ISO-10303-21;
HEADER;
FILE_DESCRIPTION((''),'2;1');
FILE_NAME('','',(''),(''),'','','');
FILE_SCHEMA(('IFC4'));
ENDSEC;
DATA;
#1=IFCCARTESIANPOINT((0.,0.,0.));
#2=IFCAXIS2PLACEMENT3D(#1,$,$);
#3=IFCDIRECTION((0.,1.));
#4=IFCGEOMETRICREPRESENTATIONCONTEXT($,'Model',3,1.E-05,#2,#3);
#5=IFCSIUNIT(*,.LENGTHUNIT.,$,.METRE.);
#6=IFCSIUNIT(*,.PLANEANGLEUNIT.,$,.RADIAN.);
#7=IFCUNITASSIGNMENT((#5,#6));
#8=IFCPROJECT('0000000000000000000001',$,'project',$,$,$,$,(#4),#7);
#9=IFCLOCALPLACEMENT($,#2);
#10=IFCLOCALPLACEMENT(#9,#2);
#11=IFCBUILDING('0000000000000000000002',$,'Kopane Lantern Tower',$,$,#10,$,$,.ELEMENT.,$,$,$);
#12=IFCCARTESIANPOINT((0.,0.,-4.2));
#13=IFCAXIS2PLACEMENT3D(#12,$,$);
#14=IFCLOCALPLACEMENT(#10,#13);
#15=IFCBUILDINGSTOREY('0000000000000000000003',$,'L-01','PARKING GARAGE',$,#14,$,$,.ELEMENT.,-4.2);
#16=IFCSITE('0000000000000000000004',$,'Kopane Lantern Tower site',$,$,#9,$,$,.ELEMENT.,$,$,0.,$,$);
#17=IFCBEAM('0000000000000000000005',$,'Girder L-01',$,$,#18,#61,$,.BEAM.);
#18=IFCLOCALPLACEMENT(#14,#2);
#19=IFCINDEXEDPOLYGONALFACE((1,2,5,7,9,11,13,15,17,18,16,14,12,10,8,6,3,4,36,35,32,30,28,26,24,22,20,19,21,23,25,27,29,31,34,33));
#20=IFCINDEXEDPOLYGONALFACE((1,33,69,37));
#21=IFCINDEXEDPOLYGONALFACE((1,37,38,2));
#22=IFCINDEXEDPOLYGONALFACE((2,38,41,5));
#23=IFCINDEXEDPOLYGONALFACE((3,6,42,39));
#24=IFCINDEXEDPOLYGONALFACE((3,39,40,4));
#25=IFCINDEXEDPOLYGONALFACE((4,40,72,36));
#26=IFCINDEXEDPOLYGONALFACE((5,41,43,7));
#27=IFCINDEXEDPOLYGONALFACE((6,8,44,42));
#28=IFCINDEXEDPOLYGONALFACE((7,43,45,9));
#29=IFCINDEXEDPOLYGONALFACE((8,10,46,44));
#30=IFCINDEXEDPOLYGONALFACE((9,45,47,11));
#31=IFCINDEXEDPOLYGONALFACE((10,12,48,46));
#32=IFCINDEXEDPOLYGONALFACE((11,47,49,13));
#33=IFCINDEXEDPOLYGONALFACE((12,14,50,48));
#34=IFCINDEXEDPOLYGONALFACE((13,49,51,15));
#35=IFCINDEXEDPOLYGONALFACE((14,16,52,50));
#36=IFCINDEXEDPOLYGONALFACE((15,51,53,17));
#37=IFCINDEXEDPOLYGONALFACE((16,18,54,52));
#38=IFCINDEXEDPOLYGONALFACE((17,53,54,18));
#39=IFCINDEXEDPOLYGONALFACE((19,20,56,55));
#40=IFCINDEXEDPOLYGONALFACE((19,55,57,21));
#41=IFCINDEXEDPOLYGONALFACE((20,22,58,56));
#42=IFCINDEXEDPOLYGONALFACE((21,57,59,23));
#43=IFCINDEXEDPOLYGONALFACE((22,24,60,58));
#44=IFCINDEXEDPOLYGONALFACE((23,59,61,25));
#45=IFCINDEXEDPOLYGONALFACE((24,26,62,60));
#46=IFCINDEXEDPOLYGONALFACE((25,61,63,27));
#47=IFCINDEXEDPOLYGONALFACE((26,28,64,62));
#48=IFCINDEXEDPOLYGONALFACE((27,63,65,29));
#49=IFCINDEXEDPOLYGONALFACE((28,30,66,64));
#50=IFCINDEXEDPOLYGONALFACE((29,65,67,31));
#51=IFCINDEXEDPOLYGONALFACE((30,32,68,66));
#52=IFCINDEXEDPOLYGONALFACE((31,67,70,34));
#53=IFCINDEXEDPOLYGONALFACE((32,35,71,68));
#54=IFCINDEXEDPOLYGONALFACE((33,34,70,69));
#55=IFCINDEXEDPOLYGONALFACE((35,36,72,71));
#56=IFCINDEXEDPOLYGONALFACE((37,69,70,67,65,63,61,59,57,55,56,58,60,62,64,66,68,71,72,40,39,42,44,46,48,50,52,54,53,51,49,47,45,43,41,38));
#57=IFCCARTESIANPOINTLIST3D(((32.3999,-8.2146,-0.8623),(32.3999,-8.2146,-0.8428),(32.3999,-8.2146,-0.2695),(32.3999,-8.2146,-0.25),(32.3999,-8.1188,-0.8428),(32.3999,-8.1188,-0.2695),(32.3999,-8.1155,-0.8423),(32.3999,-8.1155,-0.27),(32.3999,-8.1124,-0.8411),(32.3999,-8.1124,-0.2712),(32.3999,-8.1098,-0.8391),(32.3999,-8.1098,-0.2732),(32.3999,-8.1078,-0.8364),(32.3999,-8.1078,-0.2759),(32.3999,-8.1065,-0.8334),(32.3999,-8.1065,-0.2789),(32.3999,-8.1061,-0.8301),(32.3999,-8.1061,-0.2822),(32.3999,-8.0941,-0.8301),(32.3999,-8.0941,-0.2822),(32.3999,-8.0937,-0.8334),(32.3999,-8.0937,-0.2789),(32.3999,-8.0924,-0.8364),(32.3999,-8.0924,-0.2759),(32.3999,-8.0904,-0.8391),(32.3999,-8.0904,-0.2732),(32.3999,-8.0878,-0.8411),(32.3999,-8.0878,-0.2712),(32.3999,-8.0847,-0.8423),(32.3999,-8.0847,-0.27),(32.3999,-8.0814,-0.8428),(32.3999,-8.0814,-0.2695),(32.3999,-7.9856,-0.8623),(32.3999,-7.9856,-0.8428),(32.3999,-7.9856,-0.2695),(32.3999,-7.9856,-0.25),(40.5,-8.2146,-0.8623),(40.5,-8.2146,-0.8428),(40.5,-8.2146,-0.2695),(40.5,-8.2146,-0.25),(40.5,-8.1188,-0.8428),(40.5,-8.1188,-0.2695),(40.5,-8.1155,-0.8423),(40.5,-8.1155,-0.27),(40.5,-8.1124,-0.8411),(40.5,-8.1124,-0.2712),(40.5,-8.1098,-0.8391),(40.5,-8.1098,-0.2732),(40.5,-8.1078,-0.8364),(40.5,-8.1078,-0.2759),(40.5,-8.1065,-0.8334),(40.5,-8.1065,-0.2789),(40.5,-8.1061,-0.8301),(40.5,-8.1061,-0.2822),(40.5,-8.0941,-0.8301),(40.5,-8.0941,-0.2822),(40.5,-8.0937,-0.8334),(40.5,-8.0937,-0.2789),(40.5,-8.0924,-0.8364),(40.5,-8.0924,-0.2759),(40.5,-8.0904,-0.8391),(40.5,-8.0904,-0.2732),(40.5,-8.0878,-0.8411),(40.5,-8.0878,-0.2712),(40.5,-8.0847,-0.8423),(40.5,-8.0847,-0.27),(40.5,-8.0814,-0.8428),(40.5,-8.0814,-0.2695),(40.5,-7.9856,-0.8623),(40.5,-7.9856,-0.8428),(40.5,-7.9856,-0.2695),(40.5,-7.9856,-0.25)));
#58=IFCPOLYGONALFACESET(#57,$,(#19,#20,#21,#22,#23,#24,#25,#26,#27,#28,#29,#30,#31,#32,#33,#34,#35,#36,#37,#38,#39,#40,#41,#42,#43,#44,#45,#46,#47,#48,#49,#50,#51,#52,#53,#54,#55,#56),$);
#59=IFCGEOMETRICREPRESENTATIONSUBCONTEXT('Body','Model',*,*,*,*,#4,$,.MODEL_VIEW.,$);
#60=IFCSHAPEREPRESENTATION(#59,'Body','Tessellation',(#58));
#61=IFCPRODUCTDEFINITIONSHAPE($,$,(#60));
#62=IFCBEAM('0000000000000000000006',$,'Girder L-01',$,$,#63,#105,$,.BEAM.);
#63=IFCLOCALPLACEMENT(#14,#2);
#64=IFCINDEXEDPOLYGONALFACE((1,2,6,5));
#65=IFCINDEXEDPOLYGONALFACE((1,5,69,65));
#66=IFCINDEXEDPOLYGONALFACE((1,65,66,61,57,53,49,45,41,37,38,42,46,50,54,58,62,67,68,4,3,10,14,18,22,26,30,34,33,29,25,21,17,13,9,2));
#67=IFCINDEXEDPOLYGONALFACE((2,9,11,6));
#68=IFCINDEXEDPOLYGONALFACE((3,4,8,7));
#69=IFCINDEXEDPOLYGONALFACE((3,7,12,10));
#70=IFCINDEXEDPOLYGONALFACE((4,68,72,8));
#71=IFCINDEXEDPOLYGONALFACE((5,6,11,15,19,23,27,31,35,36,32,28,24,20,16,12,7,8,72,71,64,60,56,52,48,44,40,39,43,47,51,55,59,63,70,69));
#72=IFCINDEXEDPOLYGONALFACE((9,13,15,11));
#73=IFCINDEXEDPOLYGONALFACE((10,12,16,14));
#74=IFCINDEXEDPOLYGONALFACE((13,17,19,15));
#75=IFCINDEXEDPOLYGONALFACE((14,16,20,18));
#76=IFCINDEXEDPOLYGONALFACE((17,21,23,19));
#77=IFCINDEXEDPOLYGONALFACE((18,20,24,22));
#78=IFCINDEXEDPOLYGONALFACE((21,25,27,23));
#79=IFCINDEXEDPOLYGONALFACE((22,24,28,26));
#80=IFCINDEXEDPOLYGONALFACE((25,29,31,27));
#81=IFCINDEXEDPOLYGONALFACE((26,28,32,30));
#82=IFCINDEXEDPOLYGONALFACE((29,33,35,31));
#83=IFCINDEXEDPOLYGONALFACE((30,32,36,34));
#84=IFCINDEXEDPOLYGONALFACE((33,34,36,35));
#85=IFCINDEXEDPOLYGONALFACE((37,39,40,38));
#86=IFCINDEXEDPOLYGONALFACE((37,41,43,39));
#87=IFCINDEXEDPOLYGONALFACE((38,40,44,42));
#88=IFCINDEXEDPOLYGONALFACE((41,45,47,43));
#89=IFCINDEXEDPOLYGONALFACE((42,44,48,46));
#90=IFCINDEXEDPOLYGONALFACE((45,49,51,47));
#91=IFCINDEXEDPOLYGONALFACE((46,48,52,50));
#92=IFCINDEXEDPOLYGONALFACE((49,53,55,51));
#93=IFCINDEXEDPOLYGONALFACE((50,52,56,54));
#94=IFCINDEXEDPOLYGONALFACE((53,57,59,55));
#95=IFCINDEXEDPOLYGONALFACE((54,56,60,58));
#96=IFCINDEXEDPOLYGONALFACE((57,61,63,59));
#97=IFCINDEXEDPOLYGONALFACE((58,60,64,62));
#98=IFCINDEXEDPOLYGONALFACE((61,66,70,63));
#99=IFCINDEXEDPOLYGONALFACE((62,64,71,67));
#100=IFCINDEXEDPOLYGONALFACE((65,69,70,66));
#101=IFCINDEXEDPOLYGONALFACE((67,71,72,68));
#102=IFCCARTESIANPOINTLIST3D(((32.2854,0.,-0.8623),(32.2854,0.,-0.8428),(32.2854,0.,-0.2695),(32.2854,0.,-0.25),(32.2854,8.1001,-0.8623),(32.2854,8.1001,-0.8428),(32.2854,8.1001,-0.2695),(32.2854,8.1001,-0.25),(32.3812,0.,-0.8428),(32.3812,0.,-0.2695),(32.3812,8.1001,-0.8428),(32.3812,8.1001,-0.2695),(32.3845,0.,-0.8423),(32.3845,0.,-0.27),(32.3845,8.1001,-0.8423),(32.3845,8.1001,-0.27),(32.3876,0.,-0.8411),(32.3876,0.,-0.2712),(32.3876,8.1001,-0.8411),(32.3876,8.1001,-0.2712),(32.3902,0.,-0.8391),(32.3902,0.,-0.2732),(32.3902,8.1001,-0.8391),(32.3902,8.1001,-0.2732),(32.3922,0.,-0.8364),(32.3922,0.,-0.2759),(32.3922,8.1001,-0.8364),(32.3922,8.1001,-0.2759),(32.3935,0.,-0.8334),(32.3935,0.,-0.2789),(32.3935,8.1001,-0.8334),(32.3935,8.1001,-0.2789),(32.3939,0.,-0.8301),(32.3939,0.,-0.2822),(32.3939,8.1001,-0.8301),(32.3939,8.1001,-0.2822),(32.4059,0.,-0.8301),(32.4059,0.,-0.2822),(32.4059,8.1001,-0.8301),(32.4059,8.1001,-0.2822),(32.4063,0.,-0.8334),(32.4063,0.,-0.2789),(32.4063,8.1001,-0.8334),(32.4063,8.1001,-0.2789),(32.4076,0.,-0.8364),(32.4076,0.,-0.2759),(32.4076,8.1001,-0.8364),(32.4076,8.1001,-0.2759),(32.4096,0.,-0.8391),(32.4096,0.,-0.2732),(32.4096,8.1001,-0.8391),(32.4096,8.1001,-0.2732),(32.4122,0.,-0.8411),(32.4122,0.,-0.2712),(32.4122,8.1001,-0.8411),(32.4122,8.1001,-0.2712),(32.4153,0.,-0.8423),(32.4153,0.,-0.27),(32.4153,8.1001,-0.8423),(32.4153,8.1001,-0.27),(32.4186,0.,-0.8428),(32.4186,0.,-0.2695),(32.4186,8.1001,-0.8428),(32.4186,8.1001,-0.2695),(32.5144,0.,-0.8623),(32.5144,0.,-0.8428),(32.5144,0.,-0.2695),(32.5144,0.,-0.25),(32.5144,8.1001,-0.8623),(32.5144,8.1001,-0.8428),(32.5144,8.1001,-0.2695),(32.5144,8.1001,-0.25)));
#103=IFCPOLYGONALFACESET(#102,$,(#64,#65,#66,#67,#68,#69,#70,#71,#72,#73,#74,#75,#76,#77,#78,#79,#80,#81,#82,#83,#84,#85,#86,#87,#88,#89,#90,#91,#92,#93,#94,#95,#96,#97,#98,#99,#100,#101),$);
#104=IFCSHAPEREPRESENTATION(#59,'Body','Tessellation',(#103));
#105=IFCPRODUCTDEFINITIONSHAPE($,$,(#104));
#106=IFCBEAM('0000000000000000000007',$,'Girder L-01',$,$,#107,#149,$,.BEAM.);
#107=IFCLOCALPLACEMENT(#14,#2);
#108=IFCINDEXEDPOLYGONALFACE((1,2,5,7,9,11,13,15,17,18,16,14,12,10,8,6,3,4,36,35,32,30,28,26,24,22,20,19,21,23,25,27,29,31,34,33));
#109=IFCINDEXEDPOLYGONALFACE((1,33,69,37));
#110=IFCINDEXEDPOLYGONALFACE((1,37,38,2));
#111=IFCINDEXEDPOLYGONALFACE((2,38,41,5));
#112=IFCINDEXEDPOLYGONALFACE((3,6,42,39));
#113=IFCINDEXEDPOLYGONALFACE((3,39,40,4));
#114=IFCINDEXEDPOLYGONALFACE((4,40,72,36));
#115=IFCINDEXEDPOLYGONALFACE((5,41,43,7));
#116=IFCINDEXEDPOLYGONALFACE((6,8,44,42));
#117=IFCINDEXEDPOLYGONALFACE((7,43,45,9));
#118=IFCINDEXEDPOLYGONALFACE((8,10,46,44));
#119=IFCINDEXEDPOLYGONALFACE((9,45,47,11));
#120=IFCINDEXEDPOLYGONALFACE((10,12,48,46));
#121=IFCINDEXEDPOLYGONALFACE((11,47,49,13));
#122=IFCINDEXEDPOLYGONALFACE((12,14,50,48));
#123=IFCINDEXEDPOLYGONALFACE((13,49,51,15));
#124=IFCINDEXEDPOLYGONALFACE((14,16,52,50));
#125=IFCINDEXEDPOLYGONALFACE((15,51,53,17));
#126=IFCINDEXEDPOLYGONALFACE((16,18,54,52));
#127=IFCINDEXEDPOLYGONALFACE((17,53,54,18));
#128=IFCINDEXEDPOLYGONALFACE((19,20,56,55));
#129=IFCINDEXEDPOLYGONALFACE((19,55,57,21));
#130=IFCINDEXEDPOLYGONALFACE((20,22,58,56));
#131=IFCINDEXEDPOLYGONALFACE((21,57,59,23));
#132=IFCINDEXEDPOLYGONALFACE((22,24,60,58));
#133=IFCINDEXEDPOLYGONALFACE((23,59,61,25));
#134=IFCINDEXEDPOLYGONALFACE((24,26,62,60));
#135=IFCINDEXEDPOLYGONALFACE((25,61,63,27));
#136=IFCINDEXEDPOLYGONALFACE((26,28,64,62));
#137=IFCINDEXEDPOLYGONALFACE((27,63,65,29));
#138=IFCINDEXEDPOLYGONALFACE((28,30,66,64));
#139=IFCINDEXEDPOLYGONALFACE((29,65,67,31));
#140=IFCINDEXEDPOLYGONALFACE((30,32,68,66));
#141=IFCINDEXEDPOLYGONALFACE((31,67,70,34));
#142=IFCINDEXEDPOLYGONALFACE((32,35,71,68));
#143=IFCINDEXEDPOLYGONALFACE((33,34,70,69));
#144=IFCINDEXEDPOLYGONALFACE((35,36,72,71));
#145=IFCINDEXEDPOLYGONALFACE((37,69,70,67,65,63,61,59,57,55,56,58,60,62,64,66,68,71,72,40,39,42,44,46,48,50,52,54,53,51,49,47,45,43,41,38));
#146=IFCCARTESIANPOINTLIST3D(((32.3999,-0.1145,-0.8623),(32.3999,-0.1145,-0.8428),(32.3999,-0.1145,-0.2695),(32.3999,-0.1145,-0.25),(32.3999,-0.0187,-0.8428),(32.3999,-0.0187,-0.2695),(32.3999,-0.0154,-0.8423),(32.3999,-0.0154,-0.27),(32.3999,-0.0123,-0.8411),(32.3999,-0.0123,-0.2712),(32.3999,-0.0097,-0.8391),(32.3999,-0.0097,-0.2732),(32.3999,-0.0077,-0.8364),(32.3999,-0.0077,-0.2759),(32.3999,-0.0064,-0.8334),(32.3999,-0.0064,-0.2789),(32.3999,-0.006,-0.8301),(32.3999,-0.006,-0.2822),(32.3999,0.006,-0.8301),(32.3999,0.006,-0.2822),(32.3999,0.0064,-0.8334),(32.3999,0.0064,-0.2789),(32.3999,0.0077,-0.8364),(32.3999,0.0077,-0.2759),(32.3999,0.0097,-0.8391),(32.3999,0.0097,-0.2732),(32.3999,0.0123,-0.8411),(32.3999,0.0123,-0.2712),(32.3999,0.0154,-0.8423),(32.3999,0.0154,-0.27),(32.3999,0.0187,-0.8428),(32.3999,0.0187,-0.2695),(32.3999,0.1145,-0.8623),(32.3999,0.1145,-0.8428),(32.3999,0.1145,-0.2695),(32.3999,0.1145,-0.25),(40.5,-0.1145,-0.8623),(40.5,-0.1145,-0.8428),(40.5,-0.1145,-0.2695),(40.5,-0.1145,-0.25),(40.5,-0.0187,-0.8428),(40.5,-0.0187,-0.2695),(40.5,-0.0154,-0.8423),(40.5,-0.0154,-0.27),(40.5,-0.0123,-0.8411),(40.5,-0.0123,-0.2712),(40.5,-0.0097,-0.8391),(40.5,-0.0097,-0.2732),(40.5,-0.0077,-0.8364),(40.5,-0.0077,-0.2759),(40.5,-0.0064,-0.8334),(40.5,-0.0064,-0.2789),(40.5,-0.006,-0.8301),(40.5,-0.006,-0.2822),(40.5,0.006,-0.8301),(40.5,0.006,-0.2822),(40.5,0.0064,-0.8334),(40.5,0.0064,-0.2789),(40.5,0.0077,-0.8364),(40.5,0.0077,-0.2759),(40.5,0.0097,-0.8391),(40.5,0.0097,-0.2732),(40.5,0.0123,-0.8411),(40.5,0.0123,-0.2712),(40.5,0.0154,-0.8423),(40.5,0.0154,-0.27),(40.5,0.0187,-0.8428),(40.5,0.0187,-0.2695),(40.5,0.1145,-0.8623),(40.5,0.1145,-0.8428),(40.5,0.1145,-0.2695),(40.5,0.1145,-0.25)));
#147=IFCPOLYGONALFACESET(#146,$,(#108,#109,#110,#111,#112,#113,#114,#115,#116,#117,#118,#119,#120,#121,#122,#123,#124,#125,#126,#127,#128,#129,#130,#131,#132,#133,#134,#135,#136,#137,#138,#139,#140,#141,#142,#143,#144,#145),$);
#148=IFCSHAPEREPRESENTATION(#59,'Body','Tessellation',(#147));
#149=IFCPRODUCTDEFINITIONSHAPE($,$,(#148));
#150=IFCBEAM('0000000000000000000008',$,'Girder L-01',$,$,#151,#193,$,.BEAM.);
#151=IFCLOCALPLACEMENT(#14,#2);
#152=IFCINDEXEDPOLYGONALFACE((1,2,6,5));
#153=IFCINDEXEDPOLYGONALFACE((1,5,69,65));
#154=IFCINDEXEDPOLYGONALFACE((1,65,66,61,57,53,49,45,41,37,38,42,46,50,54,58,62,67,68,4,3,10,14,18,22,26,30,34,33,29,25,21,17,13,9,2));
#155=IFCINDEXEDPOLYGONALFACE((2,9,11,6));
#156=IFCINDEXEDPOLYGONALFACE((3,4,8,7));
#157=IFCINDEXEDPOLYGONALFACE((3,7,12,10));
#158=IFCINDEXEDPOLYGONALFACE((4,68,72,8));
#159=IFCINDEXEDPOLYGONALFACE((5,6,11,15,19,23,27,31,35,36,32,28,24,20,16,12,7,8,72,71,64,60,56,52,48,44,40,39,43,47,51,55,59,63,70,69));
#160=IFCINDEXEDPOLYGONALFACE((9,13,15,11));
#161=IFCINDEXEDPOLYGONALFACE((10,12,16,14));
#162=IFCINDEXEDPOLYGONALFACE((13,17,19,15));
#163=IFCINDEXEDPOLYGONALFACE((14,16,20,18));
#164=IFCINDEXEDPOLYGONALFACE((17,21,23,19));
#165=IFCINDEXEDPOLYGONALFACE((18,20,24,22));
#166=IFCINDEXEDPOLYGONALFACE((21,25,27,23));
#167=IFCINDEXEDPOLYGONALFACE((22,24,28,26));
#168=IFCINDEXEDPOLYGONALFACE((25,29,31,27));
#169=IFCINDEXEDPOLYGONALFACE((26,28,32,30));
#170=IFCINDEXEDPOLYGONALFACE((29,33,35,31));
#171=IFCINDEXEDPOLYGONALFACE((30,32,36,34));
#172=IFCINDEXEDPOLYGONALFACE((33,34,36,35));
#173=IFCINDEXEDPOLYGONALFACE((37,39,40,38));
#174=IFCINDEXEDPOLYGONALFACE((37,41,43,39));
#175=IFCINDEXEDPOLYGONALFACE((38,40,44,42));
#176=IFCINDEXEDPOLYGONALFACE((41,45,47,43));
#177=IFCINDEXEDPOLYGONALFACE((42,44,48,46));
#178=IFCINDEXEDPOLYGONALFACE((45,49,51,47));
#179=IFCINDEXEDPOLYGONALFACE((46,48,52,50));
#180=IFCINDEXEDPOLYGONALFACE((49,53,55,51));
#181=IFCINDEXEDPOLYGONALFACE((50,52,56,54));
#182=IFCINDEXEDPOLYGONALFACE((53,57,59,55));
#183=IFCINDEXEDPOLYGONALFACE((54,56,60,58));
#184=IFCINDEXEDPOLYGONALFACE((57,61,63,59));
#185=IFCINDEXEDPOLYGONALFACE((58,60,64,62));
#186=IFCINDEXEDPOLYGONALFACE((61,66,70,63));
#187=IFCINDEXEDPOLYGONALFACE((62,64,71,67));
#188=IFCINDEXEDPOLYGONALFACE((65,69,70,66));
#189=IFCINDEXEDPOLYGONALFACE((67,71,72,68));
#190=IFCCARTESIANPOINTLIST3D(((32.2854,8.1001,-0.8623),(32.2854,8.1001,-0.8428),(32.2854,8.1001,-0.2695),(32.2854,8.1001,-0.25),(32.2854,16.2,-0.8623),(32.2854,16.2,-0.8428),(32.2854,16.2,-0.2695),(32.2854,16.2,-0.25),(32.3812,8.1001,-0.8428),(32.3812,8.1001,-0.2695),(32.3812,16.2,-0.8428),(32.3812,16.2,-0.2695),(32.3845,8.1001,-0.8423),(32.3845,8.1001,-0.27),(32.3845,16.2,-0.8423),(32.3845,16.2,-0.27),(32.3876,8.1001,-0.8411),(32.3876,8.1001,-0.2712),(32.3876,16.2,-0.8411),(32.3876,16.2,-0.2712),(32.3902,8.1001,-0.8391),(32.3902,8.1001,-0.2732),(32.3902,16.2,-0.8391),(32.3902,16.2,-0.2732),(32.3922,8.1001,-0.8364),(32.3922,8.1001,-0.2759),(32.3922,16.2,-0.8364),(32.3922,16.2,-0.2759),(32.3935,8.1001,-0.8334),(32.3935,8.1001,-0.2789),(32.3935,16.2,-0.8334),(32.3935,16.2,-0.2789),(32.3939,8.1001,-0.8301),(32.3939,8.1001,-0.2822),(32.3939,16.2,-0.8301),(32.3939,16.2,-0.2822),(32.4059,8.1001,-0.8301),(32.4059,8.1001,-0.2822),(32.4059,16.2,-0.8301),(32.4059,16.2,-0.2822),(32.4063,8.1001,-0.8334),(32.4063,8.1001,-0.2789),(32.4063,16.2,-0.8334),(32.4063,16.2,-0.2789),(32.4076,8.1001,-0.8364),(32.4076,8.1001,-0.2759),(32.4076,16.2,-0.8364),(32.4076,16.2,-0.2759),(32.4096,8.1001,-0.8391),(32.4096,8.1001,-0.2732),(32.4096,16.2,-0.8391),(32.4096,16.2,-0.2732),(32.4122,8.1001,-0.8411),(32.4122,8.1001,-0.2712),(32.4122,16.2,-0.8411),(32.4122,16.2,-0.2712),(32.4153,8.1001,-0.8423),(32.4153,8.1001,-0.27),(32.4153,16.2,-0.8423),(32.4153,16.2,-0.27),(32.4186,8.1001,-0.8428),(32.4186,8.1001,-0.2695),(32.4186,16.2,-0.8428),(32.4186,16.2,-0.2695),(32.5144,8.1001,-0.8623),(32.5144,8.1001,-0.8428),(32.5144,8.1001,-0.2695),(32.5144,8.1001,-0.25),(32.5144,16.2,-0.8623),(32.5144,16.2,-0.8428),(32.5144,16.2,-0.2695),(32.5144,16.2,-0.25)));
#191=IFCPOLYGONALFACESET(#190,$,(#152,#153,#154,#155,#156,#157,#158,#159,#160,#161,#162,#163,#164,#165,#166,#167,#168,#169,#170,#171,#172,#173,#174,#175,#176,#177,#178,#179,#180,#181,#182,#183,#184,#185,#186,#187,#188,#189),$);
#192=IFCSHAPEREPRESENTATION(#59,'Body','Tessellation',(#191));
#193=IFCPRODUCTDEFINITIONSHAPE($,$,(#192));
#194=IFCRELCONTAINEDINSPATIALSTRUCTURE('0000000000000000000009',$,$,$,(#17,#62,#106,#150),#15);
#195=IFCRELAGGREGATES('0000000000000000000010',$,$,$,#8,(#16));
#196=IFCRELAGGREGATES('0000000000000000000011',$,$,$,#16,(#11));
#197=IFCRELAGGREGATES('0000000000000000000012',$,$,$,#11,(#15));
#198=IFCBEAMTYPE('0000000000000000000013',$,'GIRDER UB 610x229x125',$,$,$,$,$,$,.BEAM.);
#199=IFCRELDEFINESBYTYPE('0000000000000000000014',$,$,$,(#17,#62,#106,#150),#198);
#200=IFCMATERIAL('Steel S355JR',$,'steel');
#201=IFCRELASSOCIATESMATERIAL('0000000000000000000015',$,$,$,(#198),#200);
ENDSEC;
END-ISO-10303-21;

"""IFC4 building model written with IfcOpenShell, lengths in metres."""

from ifc_helpers import new_model, si_unit, direction, frame, origin, origin_2d, place, context, subcontext, project, spatial, i_section, extrude, material, material_profile, profile_set, type_object, element, save


model = new_model("IFC4")

# Units and contexts
model_context = context("Model", 3, precision=1e-05, world=origin(), true_north=direction((0.0, 1.0)))
body_context = subcontext(model_context, "Body", "Model", "MODEL_VIEW")
ifc_project = project(units=[si_unit("LENGTHUNIT", "METRE"), si_unit("PLANEANGLEUNIT", "RADIAN")], contexts=[model_context])

# Site, building, storey
site_placement = place(None, origin())
site = spatial("IfcSite", under=ifc_project, at=site_placement, Name="Kopane Lantern Tower site", CompositionType="ELEMENT", RefElevation=0.0)
building_placement = place(site_placement, origin())
building = spatial("IfcBuilding", under=site, at=building_placement, Name="Kopane Lantern Tower", CompositionType="ELEMENT")
storey_placement = place(building_placement, frame((0.0, 0.0, -4.2)))
storey = spatial("IfcBuildingStorey", under=building, at=storey_placement, Name="L-01", Description="PARKING GARAGE", CompositionType="ELEMENT", Elevation=-4.2)

# Beams
ifc_material_1 = material(Name="Steel S355JR", Category="steel")
ifc_material_profile_1 = material_profile(ifc_material_1, i_section(OverallWidth=0.229, OverallDepth=0.6123, WebThickness=0.012, FlangeThickness=0.0195, FilletRadius=0.0127, at=origin_2d()), Name="UB 610x229x125")
ifc_profile_set_1 = profile_set([ifc_material_profile_1], Name="Steel S355JR")
beam_type = type_object("IfcBeamType", Name="GIRDER UB 610x229x125", PredefinedType="BEAM", material=ifc_profile_set_1)
for number, where, z_axis, x_axis, name in (
    (1, (32.3999, -8.1001, -0.5562), (1.0, 0.0, 0.0), (0.0, 1.0, 0.0), "Girder L-01"),
    (2, (32.3999, 0.0, -0.5562), (0.0, 1.0, 0.0), (-1.0, 0.0, 0.0), "Girder L-01"),
    (3, (32.3999, 0.0, -0.5562), (1.0, 0.0, 0.0), (0.0, 1.0, 0.0), "Girder L-01"),
):
    element("IfcBeam", number, at=place(storey_placement, frame(where, z_axis=z_axis, x_axis=x_axis)), inside=storey, type_object=beam_type, Name=name, PredefinedType="BEAM", context=body_context, shape_type="SweptSolid", body=[
        extrude(i_section(OverallWidth=0.229, OverallDepth=0.6123, WebThickness=0.012, FlangeThickness=0.0195, FilletRadius=0.0127, at=origin_2d()), origin(), (0.0, 0.0, 1.0), 8.1001),
    ])
beam_1_placement = place(storey_placement, frame((32.3999, 8.1001, -0.5562), z_axis=(0.0, 1.0, 0.0), x_axis=(-1.0, 0.0, 0.0)))
element("IfcBeam", 4, at=beam_1_placement, inside=storey, type_object=beam_type, Name="Girder L-01", PredefinedType="BEAM", context=body_context, shape_type="SweptSolid", body=[
    extrude(i_section(OverallWidth=0.229, OverallDepth=0.6123, WebThickness=0.012, FlangeThickness=0.0195, FilletRadius=0.0127, at=origin_2d()), origin(), (0.0, 0.0, 1.0), 8.0999),
])

save(model, "model.ifc")
